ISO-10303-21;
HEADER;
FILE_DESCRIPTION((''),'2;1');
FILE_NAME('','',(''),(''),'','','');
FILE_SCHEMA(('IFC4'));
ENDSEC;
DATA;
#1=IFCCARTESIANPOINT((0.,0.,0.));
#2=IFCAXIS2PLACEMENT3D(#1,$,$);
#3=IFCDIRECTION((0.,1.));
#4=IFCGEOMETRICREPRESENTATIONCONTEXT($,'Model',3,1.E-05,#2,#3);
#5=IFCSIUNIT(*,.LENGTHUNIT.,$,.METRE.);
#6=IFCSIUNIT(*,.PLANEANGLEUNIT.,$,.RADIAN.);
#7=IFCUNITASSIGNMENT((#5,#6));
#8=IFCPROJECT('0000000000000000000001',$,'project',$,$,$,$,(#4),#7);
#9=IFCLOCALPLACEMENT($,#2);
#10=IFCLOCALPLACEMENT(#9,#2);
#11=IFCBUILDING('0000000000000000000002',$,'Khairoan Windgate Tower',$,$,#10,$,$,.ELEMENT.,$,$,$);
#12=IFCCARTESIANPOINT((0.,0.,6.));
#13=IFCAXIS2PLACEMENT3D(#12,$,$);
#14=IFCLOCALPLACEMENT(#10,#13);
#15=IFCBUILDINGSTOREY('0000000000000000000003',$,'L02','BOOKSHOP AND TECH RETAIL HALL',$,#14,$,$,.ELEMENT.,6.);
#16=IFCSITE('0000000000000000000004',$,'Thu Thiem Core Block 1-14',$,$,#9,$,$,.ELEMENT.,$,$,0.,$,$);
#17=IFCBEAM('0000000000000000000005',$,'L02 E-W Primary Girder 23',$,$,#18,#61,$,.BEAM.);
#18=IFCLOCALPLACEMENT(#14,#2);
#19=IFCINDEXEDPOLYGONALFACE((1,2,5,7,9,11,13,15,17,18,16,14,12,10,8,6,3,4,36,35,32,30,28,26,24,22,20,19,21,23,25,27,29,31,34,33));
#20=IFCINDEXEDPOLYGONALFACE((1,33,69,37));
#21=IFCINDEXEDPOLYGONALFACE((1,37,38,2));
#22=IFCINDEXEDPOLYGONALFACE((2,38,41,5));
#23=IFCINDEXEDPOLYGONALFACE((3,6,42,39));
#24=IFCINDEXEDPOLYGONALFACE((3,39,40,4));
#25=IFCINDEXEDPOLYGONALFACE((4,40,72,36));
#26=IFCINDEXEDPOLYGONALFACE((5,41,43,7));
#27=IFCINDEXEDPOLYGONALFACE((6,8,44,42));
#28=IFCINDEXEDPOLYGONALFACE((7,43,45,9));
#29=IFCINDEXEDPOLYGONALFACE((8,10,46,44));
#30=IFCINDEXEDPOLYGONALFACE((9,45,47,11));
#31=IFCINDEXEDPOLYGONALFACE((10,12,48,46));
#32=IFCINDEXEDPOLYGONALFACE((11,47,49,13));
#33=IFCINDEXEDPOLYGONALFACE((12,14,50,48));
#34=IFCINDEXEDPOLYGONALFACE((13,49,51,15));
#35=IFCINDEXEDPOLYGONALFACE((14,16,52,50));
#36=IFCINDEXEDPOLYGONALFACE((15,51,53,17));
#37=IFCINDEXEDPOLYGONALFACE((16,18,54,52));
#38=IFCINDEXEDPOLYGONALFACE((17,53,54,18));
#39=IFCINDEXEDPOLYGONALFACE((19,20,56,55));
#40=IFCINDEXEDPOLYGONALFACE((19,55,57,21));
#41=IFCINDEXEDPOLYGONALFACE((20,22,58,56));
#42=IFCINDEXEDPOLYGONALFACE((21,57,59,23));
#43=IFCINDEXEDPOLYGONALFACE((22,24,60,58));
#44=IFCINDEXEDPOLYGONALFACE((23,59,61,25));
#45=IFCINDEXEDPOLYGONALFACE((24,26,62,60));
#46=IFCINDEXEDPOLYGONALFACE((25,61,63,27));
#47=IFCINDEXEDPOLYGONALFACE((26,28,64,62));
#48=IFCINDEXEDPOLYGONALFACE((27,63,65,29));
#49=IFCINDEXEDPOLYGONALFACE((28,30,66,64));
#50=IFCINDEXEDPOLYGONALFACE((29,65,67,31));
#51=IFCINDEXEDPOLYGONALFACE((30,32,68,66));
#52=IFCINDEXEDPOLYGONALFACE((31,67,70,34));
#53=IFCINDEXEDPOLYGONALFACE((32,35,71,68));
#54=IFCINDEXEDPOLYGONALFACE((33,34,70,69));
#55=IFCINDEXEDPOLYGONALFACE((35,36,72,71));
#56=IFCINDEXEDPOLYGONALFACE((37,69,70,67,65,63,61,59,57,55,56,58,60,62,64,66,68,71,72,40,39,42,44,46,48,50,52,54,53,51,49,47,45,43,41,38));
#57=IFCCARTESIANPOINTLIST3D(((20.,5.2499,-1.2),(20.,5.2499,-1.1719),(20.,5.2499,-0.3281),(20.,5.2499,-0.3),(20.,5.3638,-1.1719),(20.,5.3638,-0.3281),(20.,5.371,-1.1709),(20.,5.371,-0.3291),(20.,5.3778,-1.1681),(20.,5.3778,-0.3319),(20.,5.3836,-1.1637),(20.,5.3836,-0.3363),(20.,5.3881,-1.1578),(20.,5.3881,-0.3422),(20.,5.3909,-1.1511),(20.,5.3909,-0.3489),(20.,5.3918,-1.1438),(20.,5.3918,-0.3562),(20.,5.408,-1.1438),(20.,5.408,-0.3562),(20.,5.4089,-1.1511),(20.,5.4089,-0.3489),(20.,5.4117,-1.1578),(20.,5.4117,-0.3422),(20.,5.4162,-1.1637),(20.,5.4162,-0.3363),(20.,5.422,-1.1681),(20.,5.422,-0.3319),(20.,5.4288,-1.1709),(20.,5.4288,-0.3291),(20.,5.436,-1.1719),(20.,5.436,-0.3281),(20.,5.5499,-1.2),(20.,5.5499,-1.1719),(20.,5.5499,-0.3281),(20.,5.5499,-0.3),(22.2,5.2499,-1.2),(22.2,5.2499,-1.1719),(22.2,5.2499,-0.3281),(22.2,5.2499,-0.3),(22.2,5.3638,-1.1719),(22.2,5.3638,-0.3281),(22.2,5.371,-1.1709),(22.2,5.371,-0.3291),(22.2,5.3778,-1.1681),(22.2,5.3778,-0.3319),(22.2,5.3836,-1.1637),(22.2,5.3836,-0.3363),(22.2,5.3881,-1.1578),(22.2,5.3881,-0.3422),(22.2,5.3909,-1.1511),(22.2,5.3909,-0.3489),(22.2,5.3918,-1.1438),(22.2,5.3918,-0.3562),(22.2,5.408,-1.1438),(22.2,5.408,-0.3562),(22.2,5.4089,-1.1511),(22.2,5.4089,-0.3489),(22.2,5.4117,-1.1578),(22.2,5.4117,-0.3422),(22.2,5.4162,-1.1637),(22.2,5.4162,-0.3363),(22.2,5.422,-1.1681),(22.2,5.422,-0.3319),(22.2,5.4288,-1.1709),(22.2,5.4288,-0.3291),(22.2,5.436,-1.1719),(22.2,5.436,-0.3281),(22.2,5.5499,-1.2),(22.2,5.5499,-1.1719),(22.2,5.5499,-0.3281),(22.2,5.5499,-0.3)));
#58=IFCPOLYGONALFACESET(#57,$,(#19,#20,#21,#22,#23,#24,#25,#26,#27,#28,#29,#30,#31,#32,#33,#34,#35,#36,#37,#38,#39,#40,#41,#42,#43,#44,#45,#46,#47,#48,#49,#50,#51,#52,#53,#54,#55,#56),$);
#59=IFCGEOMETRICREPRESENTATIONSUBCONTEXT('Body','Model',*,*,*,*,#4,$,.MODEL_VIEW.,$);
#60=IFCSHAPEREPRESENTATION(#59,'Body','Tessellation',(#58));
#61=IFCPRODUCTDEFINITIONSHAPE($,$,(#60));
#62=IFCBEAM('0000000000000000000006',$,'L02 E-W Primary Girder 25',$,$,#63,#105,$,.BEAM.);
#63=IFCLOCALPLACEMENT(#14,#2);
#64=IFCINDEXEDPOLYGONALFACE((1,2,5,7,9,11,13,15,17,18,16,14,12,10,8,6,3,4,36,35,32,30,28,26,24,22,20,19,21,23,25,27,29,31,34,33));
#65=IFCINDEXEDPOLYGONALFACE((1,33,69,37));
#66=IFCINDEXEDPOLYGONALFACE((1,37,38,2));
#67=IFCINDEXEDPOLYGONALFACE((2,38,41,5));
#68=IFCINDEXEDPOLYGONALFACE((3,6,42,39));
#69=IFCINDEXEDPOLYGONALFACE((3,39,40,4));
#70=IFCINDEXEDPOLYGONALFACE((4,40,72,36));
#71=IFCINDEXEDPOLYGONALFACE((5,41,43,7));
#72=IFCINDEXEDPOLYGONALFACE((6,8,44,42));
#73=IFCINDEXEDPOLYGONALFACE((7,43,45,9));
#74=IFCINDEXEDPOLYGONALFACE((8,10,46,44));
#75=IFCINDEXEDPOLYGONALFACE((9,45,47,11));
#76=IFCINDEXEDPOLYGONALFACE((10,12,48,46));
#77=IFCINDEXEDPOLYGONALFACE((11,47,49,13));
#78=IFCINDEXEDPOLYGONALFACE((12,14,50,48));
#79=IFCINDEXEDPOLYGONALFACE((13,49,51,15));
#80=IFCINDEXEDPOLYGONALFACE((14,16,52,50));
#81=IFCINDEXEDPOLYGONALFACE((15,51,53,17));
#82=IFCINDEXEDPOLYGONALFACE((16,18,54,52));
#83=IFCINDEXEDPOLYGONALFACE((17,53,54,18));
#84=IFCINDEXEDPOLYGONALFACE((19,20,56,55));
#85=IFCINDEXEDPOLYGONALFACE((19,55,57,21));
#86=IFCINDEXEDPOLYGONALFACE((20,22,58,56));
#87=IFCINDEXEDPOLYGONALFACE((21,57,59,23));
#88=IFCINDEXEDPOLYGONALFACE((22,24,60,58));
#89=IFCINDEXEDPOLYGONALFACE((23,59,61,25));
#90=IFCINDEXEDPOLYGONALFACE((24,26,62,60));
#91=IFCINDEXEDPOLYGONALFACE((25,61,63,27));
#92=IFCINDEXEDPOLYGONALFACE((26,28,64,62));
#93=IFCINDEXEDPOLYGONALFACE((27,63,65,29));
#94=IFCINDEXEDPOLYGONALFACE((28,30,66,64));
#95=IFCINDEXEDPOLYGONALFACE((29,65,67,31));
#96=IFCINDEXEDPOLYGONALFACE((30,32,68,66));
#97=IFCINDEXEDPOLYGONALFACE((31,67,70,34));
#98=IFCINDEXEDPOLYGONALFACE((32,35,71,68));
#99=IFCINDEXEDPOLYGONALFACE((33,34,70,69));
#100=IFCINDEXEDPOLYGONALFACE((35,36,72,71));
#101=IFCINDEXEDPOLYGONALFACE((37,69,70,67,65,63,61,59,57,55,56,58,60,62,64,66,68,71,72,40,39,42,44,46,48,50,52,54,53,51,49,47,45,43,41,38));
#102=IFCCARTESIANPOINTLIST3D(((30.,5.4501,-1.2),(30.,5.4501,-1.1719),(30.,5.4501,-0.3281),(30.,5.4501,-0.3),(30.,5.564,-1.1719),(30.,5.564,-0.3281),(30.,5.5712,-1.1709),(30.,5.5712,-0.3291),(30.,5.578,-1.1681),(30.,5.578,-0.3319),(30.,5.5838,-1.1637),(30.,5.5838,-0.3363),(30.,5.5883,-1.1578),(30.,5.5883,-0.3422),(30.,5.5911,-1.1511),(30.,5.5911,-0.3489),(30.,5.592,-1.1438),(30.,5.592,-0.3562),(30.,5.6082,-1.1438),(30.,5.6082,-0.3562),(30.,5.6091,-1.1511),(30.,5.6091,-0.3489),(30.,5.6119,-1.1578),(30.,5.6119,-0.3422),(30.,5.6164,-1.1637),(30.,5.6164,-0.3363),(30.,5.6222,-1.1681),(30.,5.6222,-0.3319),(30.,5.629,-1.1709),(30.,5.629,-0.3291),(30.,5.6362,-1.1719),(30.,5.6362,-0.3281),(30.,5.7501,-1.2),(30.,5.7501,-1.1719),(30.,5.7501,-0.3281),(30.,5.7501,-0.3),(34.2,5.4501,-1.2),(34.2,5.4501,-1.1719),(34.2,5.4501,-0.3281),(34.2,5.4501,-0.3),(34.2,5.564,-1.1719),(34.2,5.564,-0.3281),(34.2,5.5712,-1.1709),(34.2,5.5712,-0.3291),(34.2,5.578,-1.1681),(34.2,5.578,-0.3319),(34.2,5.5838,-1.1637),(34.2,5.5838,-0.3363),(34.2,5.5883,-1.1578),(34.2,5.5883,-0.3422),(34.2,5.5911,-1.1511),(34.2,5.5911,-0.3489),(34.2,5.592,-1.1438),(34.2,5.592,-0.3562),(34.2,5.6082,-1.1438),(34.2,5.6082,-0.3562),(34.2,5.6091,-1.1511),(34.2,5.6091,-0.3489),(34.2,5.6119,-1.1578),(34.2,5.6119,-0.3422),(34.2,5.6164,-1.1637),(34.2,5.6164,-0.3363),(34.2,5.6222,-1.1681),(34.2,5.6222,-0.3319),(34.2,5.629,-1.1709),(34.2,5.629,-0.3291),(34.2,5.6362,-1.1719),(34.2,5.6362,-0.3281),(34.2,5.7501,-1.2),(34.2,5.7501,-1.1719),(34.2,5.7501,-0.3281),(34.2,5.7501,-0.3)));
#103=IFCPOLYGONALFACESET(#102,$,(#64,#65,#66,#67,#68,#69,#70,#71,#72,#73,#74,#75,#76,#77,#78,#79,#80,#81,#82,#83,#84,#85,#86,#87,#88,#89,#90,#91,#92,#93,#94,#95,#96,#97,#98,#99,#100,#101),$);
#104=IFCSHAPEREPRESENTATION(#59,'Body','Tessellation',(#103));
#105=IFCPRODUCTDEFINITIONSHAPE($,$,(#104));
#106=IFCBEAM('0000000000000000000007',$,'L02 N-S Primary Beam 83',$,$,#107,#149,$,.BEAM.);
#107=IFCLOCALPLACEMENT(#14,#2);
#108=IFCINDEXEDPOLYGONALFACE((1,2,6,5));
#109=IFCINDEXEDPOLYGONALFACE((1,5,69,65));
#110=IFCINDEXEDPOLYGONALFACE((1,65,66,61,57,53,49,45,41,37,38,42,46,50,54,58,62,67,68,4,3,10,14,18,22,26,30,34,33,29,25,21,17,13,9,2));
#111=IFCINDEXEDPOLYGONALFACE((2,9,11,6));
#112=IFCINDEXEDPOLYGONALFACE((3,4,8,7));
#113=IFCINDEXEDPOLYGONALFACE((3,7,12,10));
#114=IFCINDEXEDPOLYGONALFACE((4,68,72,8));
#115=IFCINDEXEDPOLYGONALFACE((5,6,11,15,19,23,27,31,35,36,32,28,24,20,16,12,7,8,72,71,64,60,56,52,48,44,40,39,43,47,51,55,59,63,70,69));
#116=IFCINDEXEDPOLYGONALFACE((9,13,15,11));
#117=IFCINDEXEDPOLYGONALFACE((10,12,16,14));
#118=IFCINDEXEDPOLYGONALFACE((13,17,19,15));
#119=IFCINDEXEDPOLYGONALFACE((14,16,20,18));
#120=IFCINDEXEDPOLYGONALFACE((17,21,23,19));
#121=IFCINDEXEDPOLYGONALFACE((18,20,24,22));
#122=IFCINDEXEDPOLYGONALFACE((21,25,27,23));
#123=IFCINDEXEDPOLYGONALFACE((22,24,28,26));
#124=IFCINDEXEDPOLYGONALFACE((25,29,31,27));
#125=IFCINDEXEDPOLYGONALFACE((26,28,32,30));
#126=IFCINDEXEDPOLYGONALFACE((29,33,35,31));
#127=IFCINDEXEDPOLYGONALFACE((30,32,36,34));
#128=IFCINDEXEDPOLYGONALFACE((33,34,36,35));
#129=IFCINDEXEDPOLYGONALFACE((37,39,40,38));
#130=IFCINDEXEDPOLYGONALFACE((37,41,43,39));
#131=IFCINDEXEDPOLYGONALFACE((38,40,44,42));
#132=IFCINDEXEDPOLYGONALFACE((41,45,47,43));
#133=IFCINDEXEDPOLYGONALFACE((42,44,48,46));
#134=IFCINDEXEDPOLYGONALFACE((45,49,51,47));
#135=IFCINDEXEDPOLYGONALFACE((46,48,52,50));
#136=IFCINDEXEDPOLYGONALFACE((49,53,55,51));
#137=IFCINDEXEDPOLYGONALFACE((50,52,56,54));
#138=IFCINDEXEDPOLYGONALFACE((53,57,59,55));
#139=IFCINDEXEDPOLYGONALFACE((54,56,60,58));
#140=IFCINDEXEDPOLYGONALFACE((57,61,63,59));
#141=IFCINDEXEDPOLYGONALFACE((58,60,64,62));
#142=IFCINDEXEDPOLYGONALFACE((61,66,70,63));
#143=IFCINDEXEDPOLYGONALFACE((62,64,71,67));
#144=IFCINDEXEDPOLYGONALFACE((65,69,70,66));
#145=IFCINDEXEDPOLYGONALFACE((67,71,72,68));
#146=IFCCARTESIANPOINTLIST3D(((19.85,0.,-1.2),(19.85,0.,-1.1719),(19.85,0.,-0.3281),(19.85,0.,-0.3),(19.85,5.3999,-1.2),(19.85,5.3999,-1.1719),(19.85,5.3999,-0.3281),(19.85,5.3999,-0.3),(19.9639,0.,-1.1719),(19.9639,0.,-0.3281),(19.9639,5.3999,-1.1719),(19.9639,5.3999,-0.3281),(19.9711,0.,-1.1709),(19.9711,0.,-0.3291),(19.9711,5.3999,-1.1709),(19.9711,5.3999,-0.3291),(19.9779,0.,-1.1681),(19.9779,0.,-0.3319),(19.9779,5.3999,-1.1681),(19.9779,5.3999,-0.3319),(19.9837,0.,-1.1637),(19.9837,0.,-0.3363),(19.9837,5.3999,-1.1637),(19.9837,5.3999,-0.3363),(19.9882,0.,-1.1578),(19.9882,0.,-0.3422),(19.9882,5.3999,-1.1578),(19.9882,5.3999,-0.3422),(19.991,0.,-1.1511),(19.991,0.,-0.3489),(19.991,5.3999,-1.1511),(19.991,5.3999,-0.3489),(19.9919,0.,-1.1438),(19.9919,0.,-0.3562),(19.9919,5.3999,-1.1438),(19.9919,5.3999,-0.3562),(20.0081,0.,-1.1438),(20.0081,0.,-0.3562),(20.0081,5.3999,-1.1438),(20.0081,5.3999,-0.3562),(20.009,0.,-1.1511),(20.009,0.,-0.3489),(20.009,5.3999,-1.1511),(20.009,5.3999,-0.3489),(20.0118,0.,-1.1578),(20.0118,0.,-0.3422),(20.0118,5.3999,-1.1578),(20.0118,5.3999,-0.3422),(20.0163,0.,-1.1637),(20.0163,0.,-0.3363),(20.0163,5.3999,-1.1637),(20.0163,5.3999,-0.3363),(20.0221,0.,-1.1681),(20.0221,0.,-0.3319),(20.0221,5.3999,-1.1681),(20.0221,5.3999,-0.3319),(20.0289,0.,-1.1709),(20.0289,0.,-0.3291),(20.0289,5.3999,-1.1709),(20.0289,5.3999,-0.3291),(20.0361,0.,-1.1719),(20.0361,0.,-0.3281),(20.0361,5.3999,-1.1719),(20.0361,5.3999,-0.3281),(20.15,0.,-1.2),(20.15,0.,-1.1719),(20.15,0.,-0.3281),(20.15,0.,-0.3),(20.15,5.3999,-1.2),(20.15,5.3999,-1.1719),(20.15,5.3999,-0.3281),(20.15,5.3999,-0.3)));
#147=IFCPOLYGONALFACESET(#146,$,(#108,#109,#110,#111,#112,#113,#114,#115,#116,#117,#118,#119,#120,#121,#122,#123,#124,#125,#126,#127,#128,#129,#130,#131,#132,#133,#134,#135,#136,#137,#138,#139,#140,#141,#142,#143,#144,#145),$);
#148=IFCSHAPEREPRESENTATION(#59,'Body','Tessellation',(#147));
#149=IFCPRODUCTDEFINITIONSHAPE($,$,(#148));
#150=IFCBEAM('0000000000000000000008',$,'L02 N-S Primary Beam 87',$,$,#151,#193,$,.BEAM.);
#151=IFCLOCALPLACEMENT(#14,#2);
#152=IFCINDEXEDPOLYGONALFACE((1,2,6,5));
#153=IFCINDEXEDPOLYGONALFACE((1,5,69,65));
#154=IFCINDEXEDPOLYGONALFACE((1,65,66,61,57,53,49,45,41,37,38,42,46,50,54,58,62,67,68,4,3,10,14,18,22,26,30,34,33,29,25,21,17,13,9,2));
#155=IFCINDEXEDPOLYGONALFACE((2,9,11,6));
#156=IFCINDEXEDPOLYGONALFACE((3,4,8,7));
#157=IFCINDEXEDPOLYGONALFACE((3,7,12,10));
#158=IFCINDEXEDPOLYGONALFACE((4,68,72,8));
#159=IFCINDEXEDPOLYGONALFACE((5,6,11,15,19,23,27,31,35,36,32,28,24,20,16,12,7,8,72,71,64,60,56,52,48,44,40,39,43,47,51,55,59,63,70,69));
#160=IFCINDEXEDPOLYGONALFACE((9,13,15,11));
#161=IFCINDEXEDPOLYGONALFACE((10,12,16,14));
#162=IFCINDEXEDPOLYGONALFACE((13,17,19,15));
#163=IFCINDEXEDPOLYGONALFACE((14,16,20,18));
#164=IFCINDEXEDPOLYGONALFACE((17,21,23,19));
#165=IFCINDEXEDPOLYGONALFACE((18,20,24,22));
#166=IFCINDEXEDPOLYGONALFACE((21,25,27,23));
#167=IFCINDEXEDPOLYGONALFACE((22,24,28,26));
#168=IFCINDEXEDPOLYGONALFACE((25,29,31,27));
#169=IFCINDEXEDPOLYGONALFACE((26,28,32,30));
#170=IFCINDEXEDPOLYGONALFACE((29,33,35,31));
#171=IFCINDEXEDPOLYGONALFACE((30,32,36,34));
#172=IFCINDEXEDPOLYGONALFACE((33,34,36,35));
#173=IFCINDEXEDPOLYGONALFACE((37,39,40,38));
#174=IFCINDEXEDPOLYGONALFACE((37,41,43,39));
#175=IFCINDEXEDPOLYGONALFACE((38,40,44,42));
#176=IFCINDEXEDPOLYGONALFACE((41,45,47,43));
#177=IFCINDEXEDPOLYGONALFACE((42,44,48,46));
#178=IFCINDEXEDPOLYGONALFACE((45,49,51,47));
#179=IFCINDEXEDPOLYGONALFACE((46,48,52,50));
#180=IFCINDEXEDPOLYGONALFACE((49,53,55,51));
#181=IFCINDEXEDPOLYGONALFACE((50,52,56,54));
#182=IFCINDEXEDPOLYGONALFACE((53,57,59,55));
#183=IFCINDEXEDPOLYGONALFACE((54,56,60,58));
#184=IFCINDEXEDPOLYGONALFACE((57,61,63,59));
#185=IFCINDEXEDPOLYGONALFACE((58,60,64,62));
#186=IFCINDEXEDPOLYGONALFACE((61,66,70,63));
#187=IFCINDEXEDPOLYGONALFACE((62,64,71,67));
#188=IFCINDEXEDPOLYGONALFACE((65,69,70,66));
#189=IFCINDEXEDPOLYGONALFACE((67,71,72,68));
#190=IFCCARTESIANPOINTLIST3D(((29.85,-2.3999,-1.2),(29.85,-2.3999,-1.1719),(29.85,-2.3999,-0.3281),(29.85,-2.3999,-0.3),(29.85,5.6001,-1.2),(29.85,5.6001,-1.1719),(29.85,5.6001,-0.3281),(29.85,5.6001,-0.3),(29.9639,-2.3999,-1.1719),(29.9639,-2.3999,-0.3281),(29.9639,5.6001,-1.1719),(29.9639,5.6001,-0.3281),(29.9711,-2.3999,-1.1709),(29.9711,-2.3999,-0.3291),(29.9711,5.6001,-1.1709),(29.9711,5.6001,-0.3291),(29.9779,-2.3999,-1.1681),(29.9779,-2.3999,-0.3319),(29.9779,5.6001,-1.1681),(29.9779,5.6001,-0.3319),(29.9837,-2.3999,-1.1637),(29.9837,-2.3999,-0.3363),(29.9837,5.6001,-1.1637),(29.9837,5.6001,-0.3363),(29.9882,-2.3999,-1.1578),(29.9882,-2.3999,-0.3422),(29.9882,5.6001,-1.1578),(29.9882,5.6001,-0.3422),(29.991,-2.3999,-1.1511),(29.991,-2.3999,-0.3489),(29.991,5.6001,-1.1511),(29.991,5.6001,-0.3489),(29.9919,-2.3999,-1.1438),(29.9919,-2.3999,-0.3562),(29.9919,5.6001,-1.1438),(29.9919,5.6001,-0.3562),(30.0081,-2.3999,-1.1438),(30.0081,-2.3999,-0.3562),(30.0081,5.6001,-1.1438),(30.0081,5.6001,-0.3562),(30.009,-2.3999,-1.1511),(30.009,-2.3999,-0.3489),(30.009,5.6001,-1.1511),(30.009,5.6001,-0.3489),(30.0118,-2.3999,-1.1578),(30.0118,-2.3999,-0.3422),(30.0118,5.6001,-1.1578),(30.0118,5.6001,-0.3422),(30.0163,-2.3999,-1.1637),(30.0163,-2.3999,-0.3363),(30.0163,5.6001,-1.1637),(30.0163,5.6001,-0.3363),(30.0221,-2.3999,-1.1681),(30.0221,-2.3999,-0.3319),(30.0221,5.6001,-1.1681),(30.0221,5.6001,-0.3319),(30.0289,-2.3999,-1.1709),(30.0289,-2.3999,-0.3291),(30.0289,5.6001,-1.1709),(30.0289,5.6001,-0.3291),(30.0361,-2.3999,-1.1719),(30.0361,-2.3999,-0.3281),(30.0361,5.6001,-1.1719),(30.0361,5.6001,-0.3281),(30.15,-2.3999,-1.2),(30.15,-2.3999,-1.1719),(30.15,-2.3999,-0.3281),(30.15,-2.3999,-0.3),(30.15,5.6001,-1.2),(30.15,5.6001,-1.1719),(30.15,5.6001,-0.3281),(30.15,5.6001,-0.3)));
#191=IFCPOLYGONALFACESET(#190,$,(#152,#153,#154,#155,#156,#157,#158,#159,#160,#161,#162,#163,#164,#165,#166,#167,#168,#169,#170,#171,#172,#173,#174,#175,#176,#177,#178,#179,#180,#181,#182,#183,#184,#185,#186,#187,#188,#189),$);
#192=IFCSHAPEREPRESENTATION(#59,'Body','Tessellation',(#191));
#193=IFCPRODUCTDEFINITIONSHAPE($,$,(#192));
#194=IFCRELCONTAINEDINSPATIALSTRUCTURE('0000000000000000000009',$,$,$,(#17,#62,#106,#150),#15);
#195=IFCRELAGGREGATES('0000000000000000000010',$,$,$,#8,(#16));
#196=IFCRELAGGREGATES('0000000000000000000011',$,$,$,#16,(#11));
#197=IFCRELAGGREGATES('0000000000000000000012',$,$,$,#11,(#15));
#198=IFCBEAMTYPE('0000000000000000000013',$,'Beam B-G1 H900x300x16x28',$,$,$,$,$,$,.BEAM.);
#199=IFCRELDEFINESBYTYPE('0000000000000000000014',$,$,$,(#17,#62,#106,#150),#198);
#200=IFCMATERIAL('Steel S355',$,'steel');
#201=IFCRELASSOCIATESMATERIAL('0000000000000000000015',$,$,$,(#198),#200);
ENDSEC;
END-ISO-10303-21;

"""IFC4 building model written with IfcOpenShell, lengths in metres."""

from ifc_helpers import new_model, si_unit, direction, frame, origin, origin_2d, place, context, subcontext, project, spatial, i_section, extrude, material, material_profile, profile_set, type_object, element, save


model = new_model("IFC4")

# Units and contexts
model_context = context("Model", 3, precision=1e-05, world=origin(), true_north=direction((0.0, 1.0)))
body_context = subcontext(model_context, "Body", "Model", "MODEL_VIEW")
ifc_project = project(units=[si_unit("LENGTHUNIT", "METRE"), si_unit("PLANEANGLEUNIT", "RADIAN")], contexts=[model_context])

# Site, building, storey
site_placement = place(None, origin())
site = spatial("IfcSite", under=ifc_project, at=site_placement, Name="Thu Thiem Core Block 1-14", CompositionType="ELEMENT", RefElevation=0.0)
building_placement = place(site_placement, origin())
building = spatial("IfcBuilding", under=site, at=building_placement, Name="Khairoan Windgate Tower", CompositionType="ELEMENT")
storey_placement = place(building_placement, frame((0.0, 0.0, 6.0)))
storey = spatial("IfcBuildingStorey", under=building, at=storey_placement, Name="L02", Description="BOOKSHOP AND TECH RETAIL HALL", CompositionType="ELEMENT", Elevation=6.0)

# Beams
ifc_material_1 = material(Name="Steel S355", Category="steel")
ifc_material_profile_1 = material_profile(ifc_material_1, i_section(OverallWidth=0.3, OverallDepth=0.8999, WebThickness=0.0161, FlangeThickness=0.0281, FilletRadius=0.0281, at=origin_2d()))
ifc_profile_set_1 = profile_set([ifc_material_profile_1], Name="Steel S355")
beam_type_1 = type_object("IfcBeamType", Name="Beam B-G1 H900x300x16x28", PredefinedType="BEAM", material=ifc_profile_set_1)
for number, where, z_axis, x_axis, name in (
    (1, (20.0, 5.3999, -0.75), (1.0, 0.0, 0.0), (0.0, 1.0, 0.0), "L02 E-W Primary Girder 23"),
):
    element("IfcBeam", number, at=place(storey_placement, frame(where, z_axis=z_axis, x_axis=x_axis)), inside=storey, type_object=beam_type_1, Name=name, PredefinedType="BEAM", context=body_context, shape_type="SweptSolid", body=[
        extrude(i_section(OverallWidth=0.3, OverallDepth=0.8999, WebThickness=0.0161, FlangeThickness=0.0281, FilletRadius=0.0281, at=origin_2d()), origin(), (0.0, 0.0, 1.0), 2.2),
    ])
beam_1_placement = place(storey_placement, frame((30.0, 5.6001, -0.75), z_axis=(1.0, 0.0, 0.0), x_axis=(0.0, 1.0, 0.0)))
element("IfcBeam", 2, at=beam_1_placement, inside=storey, type_object=beam_type_1, Name="L02 E-W Primary Girder 25", PredefinedType="BEAM", context=body_context, shape_type="SweptSolid", body=[
    extrude(i_section(OverallWidth=0.3, OverallDepth=0.8999, WebThickness=0.0161, FlangeThickness=0.0281, FilletRadius=0.0281, at=origin_2d()), origin(), (0.0, 0.0, 1.0), 4.2),
])
beam_2_placement = place(storey_placement, frame((20.0, 0.0, -0.75), z_axis=(0.0, 1.0, 0.0), x_axis=(-1.0, 0.0, 0.0)))
element("IfcBeam", 3, at=beam_2_placement, inside=storey, type_object=beam_type_1, Name="L02 N-S Primary Beam 83", PredefinedType="BEAM", context=body_context, shape_type="SweptSolid", body=[
    extrude(i_section(OverallWidth=0.3, OverallDepth=0.8999, WebThickness=0.0161, FlangeThickness=0.0281, FilletRadius=0.0281, at=origin_2d()), origin(), (0.0, 0.0, 1.0), 5.3999),
])
beam_3_placement = place(storey_placement, frame((30.0, -2.3999, -0.75), z_axis=(0.0, 1.0, 0.0), x_axis=(-1.0, 0.0, 0.0)))
element("IfcBeam", 4, at=beam_3_placement, inside=storey, type_object=beam_type_1, Name="L02 N-S Primary Beam 87", PredefinedType="BEAM", context=body_context, shape_type="SweptSolid", body=[
    extrude(i_section(OverallWidth=0.3, OverallDepth=0.8999, WebThickness=0.0161, FlangeThickness=0.0281, FilletRadius=0.0281, at=origin_2d()), origin(), (0.0, 0.0, 1.0), 8.0),
])

save(model, "model.ifc")
